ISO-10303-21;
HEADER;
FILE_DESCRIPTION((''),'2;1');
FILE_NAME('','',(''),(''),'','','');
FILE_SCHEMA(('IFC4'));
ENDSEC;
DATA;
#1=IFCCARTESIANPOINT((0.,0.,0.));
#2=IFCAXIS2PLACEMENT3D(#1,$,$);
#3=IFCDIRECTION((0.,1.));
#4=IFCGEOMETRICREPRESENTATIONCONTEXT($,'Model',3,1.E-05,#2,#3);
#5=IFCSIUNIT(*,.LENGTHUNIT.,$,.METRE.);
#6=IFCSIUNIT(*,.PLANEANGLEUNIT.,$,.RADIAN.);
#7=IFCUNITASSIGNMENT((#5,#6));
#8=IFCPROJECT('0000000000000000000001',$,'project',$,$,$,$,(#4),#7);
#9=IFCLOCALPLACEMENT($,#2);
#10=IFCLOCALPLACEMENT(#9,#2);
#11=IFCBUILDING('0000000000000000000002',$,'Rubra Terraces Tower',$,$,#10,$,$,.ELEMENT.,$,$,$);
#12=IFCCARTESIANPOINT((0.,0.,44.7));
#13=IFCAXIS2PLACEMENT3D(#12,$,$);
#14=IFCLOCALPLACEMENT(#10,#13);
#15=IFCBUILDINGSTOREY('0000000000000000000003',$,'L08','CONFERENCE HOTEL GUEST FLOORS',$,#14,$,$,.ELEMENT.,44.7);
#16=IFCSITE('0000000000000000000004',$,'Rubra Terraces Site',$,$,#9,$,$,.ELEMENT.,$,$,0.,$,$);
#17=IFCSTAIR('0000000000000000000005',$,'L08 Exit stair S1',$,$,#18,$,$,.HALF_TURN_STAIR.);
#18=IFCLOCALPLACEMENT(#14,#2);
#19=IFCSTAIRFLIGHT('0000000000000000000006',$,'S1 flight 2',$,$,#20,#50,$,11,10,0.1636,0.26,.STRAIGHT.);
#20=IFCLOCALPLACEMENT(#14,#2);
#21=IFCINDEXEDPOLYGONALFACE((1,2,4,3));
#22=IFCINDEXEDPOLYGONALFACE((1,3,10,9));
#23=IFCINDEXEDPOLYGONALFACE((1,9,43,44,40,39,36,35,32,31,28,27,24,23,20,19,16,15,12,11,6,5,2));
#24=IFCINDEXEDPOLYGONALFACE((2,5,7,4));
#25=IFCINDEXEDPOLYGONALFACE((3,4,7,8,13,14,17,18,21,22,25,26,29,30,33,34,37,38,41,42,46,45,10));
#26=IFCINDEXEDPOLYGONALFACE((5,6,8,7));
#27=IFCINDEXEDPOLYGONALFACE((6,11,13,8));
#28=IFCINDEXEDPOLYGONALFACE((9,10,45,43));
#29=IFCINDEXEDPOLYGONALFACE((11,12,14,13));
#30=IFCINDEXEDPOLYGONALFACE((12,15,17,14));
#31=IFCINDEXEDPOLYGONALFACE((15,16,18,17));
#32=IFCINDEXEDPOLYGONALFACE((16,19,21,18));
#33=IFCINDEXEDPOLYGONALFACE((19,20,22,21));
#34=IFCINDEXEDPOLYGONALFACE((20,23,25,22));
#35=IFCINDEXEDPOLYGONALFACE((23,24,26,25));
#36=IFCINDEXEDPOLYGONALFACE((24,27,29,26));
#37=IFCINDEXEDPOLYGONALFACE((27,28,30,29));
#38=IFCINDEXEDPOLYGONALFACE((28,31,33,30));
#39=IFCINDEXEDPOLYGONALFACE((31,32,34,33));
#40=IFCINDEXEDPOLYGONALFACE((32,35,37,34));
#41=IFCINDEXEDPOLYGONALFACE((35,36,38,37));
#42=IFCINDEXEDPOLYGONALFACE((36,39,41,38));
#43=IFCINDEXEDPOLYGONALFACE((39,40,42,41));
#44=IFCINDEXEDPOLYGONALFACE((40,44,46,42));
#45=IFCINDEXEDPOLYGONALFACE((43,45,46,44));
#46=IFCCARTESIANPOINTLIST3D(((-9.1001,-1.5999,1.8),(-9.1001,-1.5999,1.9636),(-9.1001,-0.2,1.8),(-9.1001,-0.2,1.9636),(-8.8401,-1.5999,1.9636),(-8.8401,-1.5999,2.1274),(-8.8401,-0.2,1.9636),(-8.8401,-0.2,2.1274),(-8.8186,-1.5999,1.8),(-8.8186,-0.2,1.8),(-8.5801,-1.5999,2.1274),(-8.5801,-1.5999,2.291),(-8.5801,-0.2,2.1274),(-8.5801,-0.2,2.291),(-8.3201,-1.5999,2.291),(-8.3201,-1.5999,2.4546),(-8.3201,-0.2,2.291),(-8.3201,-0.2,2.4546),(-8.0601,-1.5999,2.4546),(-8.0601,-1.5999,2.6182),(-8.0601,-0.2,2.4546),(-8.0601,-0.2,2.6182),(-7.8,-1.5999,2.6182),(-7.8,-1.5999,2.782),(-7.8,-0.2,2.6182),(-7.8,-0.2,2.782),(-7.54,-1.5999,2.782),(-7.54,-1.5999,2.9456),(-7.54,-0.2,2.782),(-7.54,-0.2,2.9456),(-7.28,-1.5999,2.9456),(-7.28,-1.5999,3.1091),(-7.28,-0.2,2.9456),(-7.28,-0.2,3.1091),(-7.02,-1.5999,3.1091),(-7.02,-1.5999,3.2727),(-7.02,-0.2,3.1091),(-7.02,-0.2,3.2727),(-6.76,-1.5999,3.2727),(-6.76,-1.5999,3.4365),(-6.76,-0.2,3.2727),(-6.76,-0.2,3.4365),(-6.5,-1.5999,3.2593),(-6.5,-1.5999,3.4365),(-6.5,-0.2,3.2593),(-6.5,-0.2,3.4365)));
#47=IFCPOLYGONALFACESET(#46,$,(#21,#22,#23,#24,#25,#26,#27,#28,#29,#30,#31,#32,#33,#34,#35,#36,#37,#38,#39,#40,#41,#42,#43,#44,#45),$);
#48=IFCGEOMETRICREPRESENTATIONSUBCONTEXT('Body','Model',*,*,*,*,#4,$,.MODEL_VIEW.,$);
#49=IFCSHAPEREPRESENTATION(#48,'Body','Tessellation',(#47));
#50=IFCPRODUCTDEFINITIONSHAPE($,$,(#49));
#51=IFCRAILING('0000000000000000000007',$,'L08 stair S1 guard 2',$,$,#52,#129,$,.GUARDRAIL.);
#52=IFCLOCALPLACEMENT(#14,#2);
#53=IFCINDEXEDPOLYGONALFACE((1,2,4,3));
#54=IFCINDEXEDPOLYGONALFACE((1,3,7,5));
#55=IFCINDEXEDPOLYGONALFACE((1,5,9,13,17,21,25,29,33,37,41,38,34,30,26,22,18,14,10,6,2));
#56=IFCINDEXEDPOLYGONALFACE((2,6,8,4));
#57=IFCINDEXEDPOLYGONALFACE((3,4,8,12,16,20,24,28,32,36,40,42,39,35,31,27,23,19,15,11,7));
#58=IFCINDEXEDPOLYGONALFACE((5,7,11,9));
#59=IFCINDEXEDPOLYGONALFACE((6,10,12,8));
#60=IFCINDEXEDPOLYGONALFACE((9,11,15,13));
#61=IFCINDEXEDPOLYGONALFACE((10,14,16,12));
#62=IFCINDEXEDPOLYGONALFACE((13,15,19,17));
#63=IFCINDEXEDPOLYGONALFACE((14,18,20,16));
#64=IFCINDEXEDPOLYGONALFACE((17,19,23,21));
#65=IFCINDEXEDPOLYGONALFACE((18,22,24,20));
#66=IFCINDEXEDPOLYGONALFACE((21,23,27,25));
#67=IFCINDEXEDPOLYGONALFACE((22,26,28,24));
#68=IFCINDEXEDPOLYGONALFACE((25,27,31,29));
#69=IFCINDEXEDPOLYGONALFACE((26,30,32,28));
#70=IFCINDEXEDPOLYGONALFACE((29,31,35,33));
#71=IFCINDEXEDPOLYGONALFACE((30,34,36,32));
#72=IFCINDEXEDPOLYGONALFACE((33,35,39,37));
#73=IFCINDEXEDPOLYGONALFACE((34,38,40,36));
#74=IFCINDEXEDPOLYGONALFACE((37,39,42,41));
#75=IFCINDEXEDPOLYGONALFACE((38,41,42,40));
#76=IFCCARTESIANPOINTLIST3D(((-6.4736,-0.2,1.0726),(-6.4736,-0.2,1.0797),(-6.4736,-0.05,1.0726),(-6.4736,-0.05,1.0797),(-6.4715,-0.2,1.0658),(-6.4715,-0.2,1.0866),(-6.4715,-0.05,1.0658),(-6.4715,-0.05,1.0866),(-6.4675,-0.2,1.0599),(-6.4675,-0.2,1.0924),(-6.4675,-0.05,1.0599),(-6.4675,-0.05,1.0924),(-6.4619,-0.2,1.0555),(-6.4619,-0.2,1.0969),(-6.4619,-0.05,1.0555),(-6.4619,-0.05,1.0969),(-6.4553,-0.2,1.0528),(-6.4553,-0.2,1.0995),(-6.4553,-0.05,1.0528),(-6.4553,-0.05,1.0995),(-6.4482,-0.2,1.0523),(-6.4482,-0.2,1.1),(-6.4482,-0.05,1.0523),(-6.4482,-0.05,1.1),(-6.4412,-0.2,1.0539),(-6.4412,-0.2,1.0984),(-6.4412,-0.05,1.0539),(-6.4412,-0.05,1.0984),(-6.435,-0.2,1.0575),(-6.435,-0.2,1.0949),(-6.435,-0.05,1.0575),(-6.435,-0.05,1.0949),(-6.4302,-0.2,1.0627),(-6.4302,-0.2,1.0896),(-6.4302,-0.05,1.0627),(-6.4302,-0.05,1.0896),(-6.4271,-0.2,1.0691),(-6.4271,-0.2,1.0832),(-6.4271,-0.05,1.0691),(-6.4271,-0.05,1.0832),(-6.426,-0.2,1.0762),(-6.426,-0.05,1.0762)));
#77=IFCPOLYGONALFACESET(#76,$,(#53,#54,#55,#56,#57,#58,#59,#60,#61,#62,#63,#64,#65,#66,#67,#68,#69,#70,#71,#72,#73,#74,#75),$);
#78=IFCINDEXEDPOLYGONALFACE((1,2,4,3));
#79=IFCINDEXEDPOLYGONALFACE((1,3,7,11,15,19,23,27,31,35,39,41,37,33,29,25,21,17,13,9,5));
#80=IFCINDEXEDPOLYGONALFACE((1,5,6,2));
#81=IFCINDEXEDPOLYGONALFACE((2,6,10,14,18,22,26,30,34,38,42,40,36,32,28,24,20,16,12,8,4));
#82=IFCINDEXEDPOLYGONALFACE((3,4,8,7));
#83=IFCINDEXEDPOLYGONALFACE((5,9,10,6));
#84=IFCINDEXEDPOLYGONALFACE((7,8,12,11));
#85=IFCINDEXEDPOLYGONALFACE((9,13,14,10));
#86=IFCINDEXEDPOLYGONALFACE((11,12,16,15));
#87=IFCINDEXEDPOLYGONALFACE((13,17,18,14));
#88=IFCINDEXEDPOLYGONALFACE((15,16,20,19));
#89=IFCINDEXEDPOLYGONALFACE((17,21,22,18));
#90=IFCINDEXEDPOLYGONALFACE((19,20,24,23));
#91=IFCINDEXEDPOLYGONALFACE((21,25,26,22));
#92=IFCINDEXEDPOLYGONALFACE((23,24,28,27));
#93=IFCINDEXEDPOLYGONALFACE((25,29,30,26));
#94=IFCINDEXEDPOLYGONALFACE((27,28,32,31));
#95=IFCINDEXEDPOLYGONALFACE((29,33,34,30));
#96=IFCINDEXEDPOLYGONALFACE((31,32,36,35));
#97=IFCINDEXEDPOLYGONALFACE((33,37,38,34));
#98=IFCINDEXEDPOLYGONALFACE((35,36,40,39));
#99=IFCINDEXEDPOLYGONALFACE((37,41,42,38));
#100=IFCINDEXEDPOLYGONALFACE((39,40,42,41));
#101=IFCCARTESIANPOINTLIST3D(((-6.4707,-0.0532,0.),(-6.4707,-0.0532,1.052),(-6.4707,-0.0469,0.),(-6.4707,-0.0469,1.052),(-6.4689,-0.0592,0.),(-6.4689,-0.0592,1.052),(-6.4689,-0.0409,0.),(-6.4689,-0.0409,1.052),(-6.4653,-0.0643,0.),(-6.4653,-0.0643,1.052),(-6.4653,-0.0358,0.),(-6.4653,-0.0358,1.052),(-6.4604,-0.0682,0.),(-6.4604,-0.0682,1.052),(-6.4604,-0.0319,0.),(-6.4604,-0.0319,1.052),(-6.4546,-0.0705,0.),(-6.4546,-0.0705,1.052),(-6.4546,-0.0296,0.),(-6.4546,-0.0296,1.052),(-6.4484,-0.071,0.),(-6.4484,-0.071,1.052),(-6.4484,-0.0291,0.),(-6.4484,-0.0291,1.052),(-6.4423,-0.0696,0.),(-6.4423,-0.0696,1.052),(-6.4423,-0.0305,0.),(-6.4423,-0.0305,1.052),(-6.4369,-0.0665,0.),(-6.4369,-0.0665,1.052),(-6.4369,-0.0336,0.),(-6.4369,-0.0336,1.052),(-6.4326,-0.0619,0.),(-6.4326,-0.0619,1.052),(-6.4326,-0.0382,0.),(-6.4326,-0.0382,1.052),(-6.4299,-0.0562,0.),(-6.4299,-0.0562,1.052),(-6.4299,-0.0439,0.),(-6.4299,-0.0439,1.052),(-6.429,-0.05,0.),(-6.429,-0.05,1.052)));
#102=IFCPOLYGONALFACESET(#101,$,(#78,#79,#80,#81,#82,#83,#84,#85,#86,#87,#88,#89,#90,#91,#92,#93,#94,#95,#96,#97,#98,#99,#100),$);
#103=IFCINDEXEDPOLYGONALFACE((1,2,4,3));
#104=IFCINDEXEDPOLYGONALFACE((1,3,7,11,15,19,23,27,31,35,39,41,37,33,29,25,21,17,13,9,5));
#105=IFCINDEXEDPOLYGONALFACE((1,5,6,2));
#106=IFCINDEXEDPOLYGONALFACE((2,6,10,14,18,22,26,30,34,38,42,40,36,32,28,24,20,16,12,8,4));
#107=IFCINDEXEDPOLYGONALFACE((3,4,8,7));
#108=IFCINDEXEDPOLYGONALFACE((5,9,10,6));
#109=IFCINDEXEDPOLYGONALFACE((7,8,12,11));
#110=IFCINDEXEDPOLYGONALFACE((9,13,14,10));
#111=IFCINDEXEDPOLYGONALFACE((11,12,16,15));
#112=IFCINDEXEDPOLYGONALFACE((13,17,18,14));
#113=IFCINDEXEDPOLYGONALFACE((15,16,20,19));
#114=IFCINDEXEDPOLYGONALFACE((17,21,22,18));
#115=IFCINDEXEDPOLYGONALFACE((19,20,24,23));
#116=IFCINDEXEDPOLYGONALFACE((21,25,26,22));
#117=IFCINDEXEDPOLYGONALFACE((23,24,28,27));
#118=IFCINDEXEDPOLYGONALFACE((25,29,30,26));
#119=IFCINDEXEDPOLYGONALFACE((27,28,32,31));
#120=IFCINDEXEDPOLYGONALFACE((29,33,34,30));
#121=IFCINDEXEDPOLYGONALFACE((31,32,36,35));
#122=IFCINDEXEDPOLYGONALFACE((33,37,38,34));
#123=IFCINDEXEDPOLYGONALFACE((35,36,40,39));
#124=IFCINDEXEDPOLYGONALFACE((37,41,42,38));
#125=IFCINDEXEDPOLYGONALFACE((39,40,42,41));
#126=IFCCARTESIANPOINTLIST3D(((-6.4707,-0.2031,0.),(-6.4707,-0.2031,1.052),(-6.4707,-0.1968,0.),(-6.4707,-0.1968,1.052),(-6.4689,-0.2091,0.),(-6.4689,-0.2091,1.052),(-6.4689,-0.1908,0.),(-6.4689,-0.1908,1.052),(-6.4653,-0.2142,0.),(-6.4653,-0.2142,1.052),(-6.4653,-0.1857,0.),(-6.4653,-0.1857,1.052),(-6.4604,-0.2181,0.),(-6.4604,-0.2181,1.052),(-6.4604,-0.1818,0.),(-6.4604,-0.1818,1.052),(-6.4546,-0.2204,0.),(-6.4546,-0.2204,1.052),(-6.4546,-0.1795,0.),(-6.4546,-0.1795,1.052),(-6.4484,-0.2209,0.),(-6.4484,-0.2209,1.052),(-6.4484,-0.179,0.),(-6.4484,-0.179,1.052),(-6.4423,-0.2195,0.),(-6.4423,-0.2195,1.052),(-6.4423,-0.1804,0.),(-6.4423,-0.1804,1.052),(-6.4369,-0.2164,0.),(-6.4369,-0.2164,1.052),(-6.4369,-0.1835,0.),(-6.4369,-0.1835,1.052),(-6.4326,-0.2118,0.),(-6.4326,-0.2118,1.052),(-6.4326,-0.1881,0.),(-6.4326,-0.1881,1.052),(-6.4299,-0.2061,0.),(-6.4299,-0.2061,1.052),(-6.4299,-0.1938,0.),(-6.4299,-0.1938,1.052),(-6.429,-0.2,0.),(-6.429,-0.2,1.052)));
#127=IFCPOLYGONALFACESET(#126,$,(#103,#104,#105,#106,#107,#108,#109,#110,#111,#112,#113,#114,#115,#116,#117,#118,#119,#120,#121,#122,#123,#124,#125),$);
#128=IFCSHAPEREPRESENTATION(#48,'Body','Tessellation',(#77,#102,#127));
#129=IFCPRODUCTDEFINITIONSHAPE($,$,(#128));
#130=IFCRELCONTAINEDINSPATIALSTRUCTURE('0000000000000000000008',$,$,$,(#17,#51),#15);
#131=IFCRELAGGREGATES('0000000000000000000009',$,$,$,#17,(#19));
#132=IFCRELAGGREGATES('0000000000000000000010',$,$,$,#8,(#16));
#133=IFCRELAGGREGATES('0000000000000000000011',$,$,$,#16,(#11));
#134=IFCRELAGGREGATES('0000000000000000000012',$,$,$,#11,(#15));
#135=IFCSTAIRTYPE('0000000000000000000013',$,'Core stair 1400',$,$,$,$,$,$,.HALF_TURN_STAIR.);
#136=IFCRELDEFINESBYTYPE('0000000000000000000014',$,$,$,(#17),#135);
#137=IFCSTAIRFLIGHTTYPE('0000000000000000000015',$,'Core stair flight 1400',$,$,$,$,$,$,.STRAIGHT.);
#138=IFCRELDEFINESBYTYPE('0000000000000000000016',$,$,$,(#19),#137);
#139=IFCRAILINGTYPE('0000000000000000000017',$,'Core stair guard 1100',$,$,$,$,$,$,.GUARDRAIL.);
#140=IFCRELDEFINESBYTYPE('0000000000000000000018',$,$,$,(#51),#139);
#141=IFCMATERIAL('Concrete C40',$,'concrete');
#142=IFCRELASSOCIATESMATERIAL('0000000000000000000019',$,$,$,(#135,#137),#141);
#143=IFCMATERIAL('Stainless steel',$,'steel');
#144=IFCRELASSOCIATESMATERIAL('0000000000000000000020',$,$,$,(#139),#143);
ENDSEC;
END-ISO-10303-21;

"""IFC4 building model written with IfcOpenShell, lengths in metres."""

from ifc_helpers import new_model, si_unit, direction, frame, origin, origin_2d, place, context, subcontext, project, spatial, polyline, circle, outline, extrude, material, type_object, element, aggregate, save


model = new_model("IFC4")

# Units and contexts
model_context = context("Model", 3, precision=1e-05, world=origin(), true_north=direction((0.0, 1.0)))
body_context = subcontext(model_context, "Body", "Model", "MODEL_VIEW")
ifc_project = project(units=[si_unit("LENGTHUNIT", "METRE"), si_unit("PLANEANGLEUNIT", "RADIAN")], contexts=[model_context])

# Site, building, storey
site_placement = place(None, origin())
site = spatial("IfcSite", under=ifc_project, at=site_placement, Name="Rubra Terraces Site", CompositionType="ELEMENT", RefElevation=0.0)
building_placement = place(site_placement, origin())
building = spatial("IfcBuilding", under=site, at=building_placement, Name="Rubra Terraces Tower", CompositionType="ELEMENT")
storey_placement = place(building_placement, frame((0.0, 0.0, 44.7)))
storey = spatial("IfcBuildingStorey", under=building, at=storey_placement, Name="L08", Description="CONFERENCE HOTEL GUEST FLOORS", CompositionType="ELEMENT", Elevation=44.7)

# Shared definitions
ifc_material_1 = material(Name="Concrete C40", Category="concrete")

# Stair, stair flight
stair_type = type_object("IfcStairType", Name="Core stair 1400", PredefinedType="HALF_TURN_STAIR", material=ifc_material_1)
stair_placement = place(storey_placement, origin())
stair = element("IfcStair", 1, at=stair_placement, inside=storey, type_object=stair_type, Name="L08 Exit stair S1", PredefinedType="HALF_TURN_STAIR")
stair_flight_type = type_object("IfcStairFlightType", Name="Core stair flight 1400", PredefinedType="STRAIGHT", material=ifc_material_1)
stair_flight_placement = place(storey_placement, frame((-9.1001, -0.8999, 1.8), z_axis=(0.0, 0.0, 1.0), x_axis=(1.0, 0.0, 0.0)))
stair_flight = element("IfcStairFlight", 2, at=stair_flight_placement, type_object=stair_flight_type, Name="S1 flight 2", NumberOfRisers=11, NumberOfTreads=10, PredefinedType="STRAIGHT", RiserHeight=0.1636, TreadLength=0.26, context=body_context, shape_type="SweptSolid", body=[
    extrude(outline(polyline([(0.0, 0.0), (0.0, 0.1636), (0.26, 0.1636), (0.26, 0.3274), (0.52, 0.3274), (0.52, 0.491), (0.78, 0.491), (0.78, 0.6545), (1.04, 0.6545), (1.04, 0.8181), (1.3, 0.8181), (1.3, 0.9819), (1.5601, 0.9819), (1.5601, 1.1455), (1.8201, 1.1455), (1.8201, 1.3091), (2.0801, 1.3091), (2.0801, 1.4727), (2.3401, 1.4727), (2.3401, 1.6365), (2.6001, 1.6365), (2.6001, 1.8), (2.6001, 1.4592), (0.2815, 0.0), (0.0, 0.0)])), frame((0.0, 0.7, 0.0), z_axis=(0.0, -1.0, 0.0), x_axis=(1.0, 0.0, 0.0)), (0.0, 0.0, 1.0), 1.3999),
])
aggregate(stair, [stair_flight])

# Railing
ifc_material_2 = material(Name="Stainless steel", Category="steel")
railing_type = type_object("IfcRailingType", Name="Core stair guard 1100", PredefinedType="GUARDRAIL", material=ifc_material_2)
railing_1_placement = place(storey_placement, frame((-6.45, -0.05, 0.0)))
element("IfcRailing", 3, at=railing_1_placement, inside=storey, type_object=railing_type, Name="L08 stair S1 guard 2", PredefinedType="GUARDRAIL", context=body_context, shape_type="SweptSolid", body=[
    extrude(circle(Radius=0.0239, at=origin_2d()), frame((0.0, 0.0, 1.0762), z_axis=(0.0, -1.0, 0.0), x_axis=(1.0, 0.0, 0.0)), (0.0, 0.0, 1.0), 0.1499),
    extrude(circle(Radius=0.021, at=origin_2d()), origin(), (0.0, 0.0, 1.0), 1.052),
    extrude(circle(Radius=0.021, at=origin_2d()), frame((0.0, -0.1499, 0.0)), (0.0, 0.0, 1.0), 1.052),
])

save(model, "model.ifc")
